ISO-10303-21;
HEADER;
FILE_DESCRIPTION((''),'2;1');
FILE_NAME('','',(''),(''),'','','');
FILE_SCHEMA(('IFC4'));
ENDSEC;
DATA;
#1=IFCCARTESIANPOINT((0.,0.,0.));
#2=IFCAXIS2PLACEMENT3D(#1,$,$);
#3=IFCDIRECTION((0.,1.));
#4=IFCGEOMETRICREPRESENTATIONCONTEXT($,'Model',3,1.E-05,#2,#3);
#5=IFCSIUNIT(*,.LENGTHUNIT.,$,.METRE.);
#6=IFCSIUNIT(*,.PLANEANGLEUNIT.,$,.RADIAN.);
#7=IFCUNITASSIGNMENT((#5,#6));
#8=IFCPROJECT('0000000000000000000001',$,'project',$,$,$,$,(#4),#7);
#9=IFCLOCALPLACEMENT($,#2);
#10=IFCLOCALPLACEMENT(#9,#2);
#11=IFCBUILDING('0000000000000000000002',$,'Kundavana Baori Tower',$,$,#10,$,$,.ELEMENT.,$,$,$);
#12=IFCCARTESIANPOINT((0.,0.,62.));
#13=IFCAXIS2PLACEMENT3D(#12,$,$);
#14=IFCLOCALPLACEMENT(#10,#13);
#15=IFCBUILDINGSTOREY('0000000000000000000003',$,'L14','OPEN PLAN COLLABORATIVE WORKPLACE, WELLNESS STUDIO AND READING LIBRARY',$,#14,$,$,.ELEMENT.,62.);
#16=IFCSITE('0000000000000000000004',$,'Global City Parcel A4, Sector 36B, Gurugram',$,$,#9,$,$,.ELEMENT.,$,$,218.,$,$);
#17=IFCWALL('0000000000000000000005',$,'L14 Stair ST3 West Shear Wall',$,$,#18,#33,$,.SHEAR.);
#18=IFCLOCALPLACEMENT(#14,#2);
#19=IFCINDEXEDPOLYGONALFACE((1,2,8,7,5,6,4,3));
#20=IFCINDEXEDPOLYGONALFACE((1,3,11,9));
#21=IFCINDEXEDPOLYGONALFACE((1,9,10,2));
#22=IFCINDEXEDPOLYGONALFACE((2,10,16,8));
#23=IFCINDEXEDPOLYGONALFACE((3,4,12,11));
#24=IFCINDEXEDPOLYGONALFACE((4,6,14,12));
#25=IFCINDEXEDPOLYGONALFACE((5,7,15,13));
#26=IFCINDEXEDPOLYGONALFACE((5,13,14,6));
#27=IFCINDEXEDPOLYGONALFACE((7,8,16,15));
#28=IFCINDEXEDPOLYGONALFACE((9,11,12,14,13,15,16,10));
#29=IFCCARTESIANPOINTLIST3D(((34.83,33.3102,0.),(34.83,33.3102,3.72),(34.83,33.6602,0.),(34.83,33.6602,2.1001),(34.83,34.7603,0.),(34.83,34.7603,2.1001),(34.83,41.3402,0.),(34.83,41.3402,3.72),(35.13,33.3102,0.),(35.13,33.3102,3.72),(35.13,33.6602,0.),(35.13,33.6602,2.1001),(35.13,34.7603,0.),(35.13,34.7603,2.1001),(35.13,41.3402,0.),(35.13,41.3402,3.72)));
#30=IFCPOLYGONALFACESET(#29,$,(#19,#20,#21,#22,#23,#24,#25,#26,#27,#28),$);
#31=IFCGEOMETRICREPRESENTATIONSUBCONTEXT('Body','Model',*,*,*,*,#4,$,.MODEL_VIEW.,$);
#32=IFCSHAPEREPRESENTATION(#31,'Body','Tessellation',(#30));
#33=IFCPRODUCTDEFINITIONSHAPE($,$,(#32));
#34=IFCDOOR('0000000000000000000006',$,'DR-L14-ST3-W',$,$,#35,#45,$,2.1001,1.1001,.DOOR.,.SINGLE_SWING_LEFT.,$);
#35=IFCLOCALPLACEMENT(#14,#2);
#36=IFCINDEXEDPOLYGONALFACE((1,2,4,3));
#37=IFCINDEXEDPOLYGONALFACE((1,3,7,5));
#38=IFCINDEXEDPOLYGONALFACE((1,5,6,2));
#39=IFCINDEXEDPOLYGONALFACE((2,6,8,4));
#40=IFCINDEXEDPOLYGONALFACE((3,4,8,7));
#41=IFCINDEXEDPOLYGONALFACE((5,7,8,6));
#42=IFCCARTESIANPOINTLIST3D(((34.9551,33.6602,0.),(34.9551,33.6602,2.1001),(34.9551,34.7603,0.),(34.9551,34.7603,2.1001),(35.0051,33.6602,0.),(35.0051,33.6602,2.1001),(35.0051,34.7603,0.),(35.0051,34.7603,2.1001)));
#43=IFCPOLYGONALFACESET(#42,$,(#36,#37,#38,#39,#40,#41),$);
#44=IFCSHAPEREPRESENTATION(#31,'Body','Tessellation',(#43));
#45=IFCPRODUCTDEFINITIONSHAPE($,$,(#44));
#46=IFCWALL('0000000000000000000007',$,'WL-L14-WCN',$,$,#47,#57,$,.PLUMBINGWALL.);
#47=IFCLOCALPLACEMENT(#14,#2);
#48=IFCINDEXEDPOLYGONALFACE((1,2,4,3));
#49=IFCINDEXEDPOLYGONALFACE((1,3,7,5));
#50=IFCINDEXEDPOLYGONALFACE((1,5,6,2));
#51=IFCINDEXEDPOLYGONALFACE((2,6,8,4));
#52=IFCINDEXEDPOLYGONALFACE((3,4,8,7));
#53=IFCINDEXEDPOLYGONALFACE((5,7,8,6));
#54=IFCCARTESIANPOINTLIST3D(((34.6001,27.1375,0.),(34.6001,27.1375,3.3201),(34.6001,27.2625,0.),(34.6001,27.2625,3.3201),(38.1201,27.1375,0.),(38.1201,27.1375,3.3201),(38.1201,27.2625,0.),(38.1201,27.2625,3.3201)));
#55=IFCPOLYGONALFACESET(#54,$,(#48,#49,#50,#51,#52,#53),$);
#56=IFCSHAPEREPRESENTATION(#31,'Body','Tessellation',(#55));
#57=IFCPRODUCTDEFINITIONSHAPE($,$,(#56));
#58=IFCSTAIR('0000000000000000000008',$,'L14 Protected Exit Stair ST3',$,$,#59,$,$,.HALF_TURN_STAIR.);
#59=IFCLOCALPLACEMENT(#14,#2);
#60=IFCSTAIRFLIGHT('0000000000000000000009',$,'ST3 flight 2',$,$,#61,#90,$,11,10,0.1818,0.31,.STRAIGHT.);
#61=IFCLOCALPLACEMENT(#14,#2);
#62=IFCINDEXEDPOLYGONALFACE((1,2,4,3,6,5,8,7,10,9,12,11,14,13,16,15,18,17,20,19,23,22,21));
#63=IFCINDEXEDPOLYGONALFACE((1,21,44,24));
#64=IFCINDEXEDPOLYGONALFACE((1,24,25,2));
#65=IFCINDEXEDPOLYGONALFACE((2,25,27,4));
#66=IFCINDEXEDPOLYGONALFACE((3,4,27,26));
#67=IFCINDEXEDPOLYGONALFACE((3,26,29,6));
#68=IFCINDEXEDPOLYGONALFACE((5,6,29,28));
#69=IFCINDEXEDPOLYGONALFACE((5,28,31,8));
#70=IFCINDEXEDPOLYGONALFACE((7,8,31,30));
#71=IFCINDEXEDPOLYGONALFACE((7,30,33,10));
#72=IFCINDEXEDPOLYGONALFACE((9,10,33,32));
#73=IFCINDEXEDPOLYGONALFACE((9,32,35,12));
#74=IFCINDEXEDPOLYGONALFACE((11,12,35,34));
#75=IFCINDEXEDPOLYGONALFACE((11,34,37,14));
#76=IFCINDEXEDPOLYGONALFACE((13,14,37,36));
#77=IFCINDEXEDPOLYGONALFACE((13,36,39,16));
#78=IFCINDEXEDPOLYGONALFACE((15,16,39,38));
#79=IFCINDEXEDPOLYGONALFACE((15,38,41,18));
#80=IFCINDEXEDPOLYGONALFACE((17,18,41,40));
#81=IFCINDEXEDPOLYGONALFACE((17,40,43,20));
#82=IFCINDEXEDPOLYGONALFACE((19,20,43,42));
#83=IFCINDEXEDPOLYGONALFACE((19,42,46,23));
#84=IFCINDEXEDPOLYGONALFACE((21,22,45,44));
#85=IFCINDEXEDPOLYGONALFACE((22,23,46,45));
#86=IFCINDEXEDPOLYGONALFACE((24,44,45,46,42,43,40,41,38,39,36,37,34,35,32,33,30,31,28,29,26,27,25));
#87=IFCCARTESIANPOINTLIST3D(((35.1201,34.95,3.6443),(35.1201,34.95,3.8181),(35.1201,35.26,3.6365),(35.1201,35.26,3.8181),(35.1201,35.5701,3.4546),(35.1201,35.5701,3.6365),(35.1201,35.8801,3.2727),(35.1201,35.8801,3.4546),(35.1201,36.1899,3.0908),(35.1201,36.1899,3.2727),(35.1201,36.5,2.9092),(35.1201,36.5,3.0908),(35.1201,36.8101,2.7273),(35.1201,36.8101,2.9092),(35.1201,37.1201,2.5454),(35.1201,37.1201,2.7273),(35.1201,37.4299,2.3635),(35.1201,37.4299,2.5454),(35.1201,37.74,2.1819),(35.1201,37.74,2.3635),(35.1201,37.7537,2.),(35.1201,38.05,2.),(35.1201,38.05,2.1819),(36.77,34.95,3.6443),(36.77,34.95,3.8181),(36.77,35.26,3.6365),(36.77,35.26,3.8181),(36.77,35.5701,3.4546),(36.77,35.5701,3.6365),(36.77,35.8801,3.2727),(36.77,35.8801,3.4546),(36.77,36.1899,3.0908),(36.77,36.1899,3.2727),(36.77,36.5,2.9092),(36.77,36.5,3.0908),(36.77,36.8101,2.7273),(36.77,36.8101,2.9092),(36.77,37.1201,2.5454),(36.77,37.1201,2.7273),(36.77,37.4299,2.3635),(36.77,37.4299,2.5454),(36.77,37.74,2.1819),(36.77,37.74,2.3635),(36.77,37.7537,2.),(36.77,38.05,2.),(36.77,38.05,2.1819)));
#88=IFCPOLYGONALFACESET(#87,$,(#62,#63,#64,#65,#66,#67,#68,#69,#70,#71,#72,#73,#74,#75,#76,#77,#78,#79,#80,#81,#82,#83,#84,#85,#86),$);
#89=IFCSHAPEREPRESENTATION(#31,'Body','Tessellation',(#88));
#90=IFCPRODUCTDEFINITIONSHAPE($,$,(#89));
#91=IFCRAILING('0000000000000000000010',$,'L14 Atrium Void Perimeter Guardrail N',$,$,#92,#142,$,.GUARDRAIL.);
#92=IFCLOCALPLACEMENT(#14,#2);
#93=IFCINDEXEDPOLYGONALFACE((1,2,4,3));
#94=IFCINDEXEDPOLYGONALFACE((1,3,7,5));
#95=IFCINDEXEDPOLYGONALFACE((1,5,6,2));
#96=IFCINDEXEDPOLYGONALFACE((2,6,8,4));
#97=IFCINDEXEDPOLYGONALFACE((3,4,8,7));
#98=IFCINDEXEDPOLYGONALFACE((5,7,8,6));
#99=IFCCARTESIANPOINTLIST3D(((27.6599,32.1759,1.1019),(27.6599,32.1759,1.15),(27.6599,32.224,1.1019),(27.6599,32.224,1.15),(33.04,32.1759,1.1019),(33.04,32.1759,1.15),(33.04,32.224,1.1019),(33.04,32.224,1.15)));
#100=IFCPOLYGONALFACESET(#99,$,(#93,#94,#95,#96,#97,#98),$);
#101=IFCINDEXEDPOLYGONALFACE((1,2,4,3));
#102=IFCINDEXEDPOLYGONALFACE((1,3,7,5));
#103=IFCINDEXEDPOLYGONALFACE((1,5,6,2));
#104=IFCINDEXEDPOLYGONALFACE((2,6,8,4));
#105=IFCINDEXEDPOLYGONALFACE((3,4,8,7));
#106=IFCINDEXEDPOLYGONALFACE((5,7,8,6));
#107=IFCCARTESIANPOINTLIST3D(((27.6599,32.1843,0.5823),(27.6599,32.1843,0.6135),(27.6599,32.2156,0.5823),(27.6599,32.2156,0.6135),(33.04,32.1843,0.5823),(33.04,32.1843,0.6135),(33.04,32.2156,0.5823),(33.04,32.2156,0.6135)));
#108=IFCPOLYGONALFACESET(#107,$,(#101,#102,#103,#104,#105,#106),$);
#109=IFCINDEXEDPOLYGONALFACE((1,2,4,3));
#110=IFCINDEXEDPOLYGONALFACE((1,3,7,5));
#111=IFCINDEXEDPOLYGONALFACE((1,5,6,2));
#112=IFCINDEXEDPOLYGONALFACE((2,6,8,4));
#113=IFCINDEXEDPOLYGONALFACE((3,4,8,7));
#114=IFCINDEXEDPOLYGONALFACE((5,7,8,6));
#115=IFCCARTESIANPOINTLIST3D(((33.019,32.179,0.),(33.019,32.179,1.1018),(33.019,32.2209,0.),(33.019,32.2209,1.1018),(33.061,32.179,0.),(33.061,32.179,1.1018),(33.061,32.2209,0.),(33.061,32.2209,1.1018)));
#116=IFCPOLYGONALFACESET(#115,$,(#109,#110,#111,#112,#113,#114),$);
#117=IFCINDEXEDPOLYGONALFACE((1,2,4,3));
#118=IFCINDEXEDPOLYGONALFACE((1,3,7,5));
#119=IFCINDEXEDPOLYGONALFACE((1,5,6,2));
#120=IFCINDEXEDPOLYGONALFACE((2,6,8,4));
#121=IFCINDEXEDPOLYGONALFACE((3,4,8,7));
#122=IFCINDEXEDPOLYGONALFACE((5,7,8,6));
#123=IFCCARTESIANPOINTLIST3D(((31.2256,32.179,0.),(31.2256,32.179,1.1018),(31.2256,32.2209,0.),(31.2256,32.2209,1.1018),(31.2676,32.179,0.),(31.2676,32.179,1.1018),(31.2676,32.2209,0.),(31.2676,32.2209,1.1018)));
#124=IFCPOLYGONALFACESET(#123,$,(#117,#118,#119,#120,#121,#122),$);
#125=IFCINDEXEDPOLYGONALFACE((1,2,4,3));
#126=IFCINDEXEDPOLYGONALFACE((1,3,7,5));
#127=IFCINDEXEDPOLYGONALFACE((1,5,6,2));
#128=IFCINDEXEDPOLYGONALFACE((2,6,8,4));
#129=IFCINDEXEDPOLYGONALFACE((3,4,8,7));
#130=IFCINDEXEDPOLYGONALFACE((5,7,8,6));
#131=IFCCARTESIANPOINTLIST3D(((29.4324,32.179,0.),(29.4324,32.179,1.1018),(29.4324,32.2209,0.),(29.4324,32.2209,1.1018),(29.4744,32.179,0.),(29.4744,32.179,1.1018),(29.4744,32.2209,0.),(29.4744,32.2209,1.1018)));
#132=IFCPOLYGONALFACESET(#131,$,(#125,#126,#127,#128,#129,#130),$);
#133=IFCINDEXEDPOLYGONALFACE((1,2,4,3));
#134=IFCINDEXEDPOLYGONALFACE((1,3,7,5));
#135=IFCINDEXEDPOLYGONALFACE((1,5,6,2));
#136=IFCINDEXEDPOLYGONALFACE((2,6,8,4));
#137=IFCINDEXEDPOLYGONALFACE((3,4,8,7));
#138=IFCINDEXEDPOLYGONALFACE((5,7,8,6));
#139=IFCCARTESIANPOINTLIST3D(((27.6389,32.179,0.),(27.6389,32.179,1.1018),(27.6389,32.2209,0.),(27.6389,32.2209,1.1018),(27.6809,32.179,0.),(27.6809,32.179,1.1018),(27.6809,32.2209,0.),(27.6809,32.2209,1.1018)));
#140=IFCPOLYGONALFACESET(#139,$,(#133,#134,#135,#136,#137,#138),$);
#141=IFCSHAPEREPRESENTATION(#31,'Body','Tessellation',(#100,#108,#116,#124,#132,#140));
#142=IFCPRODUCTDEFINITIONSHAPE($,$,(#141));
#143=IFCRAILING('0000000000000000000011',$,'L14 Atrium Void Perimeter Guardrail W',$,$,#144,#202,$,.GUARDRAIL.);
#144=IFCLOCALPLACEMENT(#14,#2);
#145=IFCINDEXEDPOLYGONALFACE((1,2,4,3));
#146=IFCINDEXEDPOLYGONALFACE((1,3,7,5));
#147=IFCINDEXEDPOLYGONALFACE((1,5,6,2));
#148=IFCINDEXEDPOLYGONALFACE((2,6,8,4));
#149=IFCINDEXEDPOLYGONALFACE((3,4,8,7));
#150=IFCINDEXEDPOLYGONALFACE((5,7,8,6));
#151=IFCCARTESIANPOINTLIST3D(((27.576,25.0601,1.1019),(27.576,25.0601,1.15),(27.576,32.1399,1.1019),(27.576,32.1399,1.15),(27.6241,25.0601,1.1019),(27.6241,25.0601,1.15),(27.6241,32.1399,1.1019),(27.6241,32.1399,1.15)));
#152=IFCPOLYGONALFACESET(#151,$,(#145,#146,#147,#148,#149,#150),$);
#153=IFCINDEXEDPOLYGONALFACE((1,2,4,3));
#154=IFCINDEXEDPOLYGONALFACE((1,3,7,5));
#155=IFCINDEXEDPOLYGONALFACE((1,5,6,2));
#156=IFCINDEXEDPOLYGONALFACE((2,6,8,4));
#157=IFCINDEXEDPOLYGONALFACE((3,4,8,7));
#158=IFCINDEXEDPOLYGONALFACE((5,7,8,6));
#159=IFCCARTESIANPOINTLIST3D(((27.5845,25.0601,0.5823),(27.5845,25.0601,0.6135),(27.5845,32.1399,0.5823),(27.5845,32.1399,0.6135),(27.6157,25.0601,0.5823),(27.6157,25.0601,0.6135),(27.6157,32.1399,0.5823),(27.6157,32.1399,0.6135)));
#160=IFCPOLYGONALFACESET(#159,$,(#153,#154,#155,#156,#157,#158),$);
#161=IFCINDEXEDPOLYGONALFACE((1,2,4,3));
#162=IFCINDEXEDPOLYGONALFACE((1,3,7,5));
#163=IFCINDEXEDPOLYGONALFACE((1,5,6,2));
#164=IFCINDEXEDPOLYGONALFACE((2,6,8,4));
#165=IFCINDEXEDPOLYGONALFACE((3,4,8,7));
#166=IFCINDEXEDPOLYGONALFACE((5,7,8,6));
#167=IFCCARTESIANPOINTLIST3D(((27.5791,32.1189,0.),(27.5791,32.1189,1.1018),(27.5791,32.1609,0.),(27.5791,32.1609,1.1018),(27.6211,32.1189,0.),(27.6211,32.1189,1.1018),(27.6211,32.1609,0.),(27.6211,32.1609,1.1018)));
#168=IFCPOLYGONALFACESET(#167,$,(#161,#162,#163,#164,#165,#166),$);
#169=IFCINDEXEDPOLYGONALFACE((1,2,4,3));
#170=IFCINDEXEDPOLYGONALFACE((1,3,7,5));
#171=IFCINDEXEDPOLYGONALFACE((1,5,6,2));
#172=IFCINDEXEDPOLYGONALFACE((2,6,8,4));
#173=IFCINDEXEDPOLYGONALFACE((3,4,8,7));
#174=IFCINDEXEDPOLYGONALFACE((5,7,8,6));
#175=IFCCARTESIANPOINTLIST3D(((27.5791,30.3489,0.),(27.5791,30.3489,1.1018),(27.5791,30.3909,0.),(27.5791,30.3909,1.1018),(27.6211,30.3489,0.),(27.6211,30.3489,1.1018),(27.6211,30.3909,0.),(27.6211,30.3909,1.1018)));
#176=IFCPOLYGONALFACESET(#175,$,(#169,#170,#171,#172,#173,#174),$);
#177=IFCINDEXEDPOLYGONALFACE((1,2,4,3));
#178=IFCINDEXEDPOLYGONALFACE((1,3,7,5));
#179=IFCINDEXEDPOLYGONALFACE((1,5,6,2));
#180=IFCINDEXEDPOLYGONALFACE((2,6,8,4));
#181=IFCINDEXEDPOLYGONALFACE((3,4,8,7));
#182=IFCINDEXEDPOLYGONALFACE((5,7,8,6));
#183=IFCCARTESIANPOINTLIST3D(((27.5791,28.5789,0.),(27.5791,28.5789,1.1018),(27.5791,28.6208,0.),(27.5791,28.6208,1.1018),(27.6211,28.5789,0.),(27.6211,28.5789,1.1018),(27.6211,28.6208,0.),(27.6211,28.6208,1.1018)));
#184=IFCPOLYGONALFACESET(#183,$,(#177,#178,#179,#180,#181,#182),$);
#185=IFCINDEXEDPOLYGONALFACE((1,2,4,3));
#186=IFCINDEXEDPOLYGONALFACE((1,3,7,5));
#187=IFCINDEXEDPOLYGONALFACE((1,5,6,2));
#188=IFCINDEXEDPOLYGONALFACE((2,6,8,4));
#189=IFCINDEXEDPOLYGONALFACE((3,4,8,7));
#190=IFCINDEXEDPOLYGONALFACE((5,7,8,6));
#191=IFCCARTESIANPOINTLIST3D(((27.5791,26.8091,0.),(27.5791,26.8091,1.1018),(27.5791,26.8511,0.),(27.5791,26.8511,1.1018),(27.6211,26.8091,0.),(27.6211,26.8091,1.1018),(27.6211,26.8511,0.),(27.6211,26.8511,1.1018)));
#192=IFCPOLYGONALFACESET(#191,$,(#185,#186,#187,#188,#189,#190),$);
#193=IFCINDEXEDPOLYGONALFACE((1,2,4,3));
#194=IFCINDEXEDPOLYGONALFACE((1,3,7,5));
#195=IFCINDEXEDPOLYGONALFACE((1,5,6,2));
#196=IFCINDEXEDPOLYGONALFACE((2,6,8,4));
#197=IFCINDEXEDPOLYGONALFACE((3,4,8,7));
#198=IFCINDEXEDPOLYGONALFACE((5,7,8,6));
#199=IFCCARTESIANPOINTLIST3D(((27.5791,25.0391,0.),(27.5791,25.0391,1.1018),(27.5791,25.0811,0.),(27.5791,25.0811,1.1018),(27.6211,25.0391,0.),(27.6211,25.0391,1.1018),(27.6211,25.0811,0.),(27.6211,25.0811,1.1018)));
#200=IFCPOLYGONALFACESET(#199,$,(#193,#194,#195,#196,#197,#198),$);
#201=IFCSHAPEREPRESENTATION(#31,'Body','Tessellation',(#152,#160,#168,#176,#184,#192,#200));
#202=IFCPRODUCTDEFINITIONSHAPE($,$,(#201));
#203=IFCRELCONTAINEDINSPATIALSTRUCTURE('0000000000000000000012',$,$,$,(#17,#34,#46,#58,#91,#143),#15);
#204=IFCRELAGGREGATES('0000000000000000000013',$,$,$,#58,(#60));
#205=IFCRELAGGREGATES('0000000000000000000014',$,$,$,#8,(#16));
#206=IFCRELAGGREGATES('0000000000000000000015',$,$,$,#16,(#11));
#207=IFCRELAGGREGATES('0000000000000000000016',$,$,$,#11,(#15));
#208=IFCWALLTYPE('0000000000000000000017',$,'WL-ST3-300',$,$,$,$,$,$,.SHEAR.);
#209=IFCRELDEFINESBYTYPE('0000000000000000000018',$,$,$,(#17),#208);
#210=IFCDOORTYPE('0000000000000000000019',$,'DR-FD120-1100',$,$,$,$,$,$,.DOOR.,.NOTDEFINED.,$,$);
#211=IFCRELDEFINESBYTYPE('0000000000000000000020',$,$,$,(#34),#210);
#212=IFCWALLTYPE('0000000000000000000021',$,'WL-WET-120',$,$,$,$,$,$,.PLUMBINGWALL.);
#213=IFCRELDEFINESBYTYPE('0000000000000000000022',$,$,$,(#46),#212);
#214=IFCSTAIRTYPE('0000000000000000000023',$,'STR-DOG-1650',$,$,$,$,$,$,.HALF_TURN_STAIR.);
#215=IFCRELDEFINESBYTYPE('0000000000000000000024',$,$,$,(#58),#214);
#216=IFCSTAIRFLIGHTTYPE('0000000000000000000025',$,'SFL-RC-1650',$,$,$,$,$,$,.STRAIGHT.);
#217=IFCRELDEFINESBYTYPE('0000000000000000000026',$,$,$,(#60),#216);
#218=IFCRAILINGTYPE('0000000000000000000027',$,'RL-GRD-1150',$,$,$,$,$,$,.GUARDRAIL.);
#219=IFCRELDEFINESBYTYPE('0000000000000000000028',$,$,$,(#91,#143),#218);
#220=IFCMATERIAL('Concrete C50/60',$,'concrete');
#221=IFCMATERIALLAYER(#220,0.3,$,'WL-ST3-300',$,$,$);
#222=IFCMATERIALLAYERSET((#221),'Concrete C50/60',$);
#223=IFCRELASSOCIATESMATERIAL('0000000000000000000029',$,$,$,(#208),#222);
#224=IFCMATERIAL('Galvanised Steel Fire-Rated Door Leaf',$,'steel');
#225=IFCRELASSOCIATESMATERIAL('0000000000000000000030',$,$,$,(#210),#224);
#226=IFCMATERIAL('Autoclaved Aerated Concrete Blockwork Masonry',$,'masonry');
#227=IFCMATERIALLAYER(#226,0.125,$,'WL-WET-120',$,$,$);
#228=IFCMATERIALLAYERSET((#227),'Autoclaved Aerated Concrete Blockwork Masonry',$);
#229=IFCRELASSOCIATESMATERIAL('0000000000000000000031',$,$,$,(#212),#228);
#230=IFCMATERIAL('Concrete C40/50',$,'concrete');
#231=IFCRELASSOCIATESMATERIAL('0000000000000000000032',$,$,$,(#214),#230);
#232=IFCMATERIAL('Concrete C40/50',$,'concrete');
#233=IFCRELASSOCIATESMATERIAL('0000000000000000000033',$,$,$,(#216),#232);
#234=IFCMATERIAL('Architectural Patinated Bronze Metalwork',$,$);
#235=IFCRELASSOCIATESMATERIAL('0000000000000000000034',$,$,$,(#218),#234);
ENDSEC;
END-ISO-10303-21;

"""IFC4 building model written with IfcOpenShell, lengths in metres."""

from ifc_helpers import new_model, si_unit, direction, frame, frame_2d, origin, origin_2d, place, context, subcontext, project, spatial, polyline, rectangle, outline, extrude, material, layer, layer_set, type_object, element, fill, aggregate, save


model = new_model("IFC4")

# Units and contexts
model_context = context("Model", 3, precision=1e-05, world=origin(), true_north=direction((0.0, 1.0)))
body_context = subcontext(model_context, "Body", "Model", "MODEL_VIEW")
ifc_project = project(units=[si_unit("LENGTHUNIT", "METRE"), si_unit("PLANEANGLEUNIT", "RADIAN")], contexts=[model_context])

# Site, building, storey
site_placement = place(None, origin())
site = spatial("IfcSite", under=ifc_project, at=site_placement, Name="Global City Parcel A4, Sector 36B, Gurugram", CompositionType="ELEMENT", RefElevation=218.0)
building_placement = place(site_placement, origin())
building = spatial("IfcBuilding", under=site, at=building_placement, Name="Kundavana Baori Tower", CompositionType="ELEMENT")
storey_placement = place(building_placement, frame((0.0, 0.0, 62.0)))
storey = spatial("IfcBuildingStorey", under=building, at=storey_placement, Name="L14", Description="OPEN PLAN COLLABORATIVE WORKPLACE, WELLNESS STUDIO AND READING LIBRARY", CompositionType="ELEMENT", Elevation=62.0)

# Shared definitions
ifc_material_1 = material(Name="Concrete C50/60", Category="concrete")
ifc_layer_1 = layer(ifc_material_1, 0.3, Name="WL-ST3-300")
ifc_layer_set_1 = layer_set([ifc_layer_1], Name="Concrete C50/60")
wall_type_1 = type_object("IfcWallType", Name="WL-ST3-300", PredefinedType="SHEAR", material=ifc_layer_set_1)

# Wall, opening, door
wall_1_placement = place(storey_placement, frame((34.98, 33.3101, 0.0), z_axis=(0.0, 0.0, 1.0), x_axis=(0.0, 1.0, 0.0)))
wall_1 = element("IfcWall", 1, at=wall_1_placement, inside=storey, type_object=wall_type_1, Name="L14 Stair ST3 West Shear Wall", PredefinedType="SHEAR", context=body_context, shape_type="SweptSolid", body=[
    extrude(rectangle(XDim=8.03, YDim=0.3, at=frame_2d((4.0151, 0.0))), origin(), (0.0, 0.0, 1.0), 3.72),
])
opening_1_placement = place(wall_1_placement, frame((0.3501, 0.0, 0.0)))
opening_1 = element("IfcOpeningElement", 2, at=opening_1_placement, cuts=wall_1, PredefinedType="OPENING", context=body_context, shape_type="SweptSolid", body=[
    extrude(rectangle(XDim=1.1001, YDim=2.1001, at=frame_2d((0.55, 1.05))), frame((0.0, 0.1602, 0.0), z_axis=(0.0, -1.0, 0.0), x_axis=(1.0, 0.0, 0.0)), (0.0, 0.0, 1.0), 0.3201),
])
ifc_material_2 = material(Name="Galvanised Steel Fire-Rated Door Leaf", Category="steel")
door_type_1 = type_object("IfcDoorType", Name="DR-FD120-1100", OperationType="NOTDEFINED", PredefinedType="DOOR", material=ifc_material_2)
door_1_placement = place(opening_1_placement, origin())
door_1 = element("IfcDoor", 3, at=door_1_placement, inside=storey, type_object=door_type_1, Name="DR-L14-ST3-W", OperationType="SINGLE_SWING_LEFT", OverallHeight=2.1001, OverallWidth=1.1001, PredefinedType="DOOR", context=body_context, shape_type="SweptSolid", body=[
    extrude(rectangle(XDim=1.1001, YDim=2.1001, at=frame_2d((0.55, 1.05))), frame((0.0, 0.0249, 0.0), z_axis=(0.0, -1.0, 0.0), x_axis=(1.0, 0.0, 0.0)), (0.0, 0.0, 1.0), 0.05),
])
fill(opening_1, door_1)

# Wall
ifc_material_3 = material(Name="Autoclaved Aerated Concrete Blockwork Masonry", Category="masonry")
ifc_layer_2 = layer(ifc_material_3, 0.125, Name="WL-WET-120")
ifc_layer_set_2 = layer_set([ifc_layer_2], Name="Autoclaved Aerated Concrete Blockwork Masonry")
wall_type_2 = type_object("IfcWallType", Name="WL-WET-120", PredefinedType="PLUMBINGWALL", material=ifc_layer_set_2)
wall_2_placement = place(storey_placement, frame((34.6001, 27.2, 0.0), z_axis=(0.0, 0.0, 1.0), x_axis=(1.0, 0.0, 0.0)))
element("IfcWall", 4, at=wall_2_placement, inside=storey, type_object=wall_type_2, Name="WL-L14-WCN", PredefinedType="PLUMBINGWALL", context=body_context, shape_type="SweptSolid", body=[
    extrude(rectangle(XDim=3.52, YDim=0.125, at=frame_2d((1.76, 0.0))), origin(), (0.0, 0.0, 1.0), 3.3201),
])

# Stair, stair flight
ifc_material_4 = material(Name="Concrete C40/50", Category="concrete")
stair_type = type_object("IfcStairType", Name="STR-DOG-1650", PredefinedType="HALF_TURN_STAIR", material=ifc_material_4)
stair_placement = place(storey_placement, origin())
stair = element("IfcStair", 5, at=stair_placement, inside=storey, type_object=stair_type, Name="L14 Protected Exit Stair ST3", PredefinedType="HALF_TURN_STAIR")
ifc_material_5 = material(Name="Concrete C40/50", Category="concrete")
stair_flight_type = type_object("IfcStairFlightType", Name="SFL-RC-1650", PredefinedType="STRAIGHT", material=ifc_material_5)
stair_flight_placement = place(storey_placement, frame((35.9451, 38.05, 2.0), z_axis=(0.0, 0.0, 1.0), x_axis=(0.0, -1.0, 0.0)))
stair_flight = element("IfcStairFlight", 6, at=stair_flight_placement, type_object=stair_flight_type, Name="ST3 flight 2", NumberOfRisers=11, NumberOfTreads=10, PredefinedType="STRAIGHT", RiserHeight=0.1818, TreadLength=0.31, context=body_context, shape_type="SweptSolid", body=[
    extrude(outline(polyline([(0.0, 0.0), (0.0, 0.1819), (0.3101, 0.1819), (0.3101, 0.3635), (0.6201, 0.3635), (0.6201, 0.5454), (0.9299, 0.5454), (0.9299, 0.7273), (1.24, 0.7273), (1.24, 0.9092), (1.55, 0.9092), (1.55, 1.0908), (1.8601, 1.0908), (1.8601, 1.2727), (2.1699, 1.2727), (2.1699, 1.4546), (2.48, 1.4546), (2.48, 1.6365), (2.79, 1.6365), (2.79, 1.8181), (3.1001, 1.8181), (3.1001, 2.0), (3.1001, 1.6443), (0.2964, 0.0), (0.0, 0.0)])), frame((0.0, 0.825, 0.0), z_axis=(0.0, -1.0, 0.0), x_axis=(1.0, 0.0, 0.0)), (0.0, 0.0, 1.0), 1.6499),
])
aggregate(stair, [stair_flight])

# Railings
ifc_material_6 = material(Name="Architectural Patinated Bronze Metalwork")
railing_type_1 = type_object("IfcRailingType", Name="RL-GRD-1150", PredefinedType="GUARDRAIL", material=ifc_material_6)
railing_1_placement = place(storey_placement, frame((33.04, 32.2, 0.0)))
element("IfcRailing", 7, at=railing_1_placement, inside=storey, type_object=railing_type_1, Name="L14 Atrium Void Perimeter Guardrail N", PredefinedType="GUARDRAIL", context=body_context, shape_type="SweptSolid", body=[
    extrude(rectangle(XDim=0.0481, YDim=0.0481, at=origin_2d()), frame((0.0, 0.0, 1.126), z_axis=(-1.0, 0.0, 0.0), x_axis=(0.0, -1.0, 0.0)), (0.0, 0.0, 1.0), 5.3801),
    extrude(rectangle(XDim=0.0312, YDim=0.0312, at=origin_2d()), frame((0.0, 0.0, 0.5979), z_axis=(-1.0, 0.0, 0.0), x_axis=(0.0, -1.0, 0.0)), (0.0, 0.0, 1.0), 5.3801),
    extrude(rectangle(XDim=0.042, YDim=0.042, at=origin_2d()), origin(), (0.0, 0.0, 1.0), 1.1018),
    extrude(rectangle(XDim=0.042, YDim=0.042, at=origin_2d()), frame((-1.7935, 0.0, 0.0)), (0.0, 0.0, 1.0), 1.1018),
    extrude(rectangle(XDim=0.042, YDim=0.042, at=origin_2d()), frame((-3.5867, 0.0, 0.0)), (0.0, 0.0, 1.0), 1.1018),
    extrude(rectangle(XDim=0.042, YDim=0.042, at=origin_2d()), frame((-5.3801, 0.0, 0.0)), (0.0, 0.0, 1.0), 1.1018),
])
railing_2_placement = place(storey_placement, frame((27.6001, 32.1399, 0.0)))
element("IfcRailing", 8, at=railing_2_placement, inside=storey, type_object=railing_type_1, Name="L14 Atrium Void Perimeter Guardrail W", PredefinedType="GUARDRAIL", context=body_context, shape_type="SweptSolid", body=[
    extrude(rectangle(XDim=0.0481, YDim=0.0481, at=origin_2d()), frame((0.0, 0.0, 1.126), z_axis=(0.0, -1.0, 0.0), x_axis=(1.0, 0.0, 0.0)), (0.0, 0.0, 1.0), 7.0798),
    extrude(rectangle(XDim=0.0312, YDim=0.0312, at=origin_2d()), frame((0.0, 0.0, 0.5979), z_axis=(0.0, -1.0, 0.0), x_axis=(1.0, 0.0, 0.0)), (0.0, 0.0, 1.0), 7.0798),
    extrude(rectangle(XDim=0.042, YDim=0.042, at=origin_2d()), origin(), (0.0, 0.0, 1.0), 1.1018),
    extrude(rectangle(XDim=0.042, YDim=0.042, at=origin_2d()), frame((0.0, -1.77, 0.0)), (0.0, 0.0, 1.0), 1.1018),
    extrude(rectangle(XDim=0.042, YDim=0.042, at=origin_2d()), frame((0.0, -3.54, 0.0)), (0.0, 0.0, 1.0), 1.1018),
    extrude(rectangle(XDim=0.042, YDim=0.042, at=origin_2d()), frame((0.0, -5.3098, 0.0)), (0.0, 0.0, 1.0), 1.1018),
    extrude(rectangle(XDim=0.042, YDim=0.042, at=origin_2d()), frame((0.0, -7.0798, 0.0)), (0.0, 0.0, 1.0), 1.1018),
])

save(model, "model.ifc")
